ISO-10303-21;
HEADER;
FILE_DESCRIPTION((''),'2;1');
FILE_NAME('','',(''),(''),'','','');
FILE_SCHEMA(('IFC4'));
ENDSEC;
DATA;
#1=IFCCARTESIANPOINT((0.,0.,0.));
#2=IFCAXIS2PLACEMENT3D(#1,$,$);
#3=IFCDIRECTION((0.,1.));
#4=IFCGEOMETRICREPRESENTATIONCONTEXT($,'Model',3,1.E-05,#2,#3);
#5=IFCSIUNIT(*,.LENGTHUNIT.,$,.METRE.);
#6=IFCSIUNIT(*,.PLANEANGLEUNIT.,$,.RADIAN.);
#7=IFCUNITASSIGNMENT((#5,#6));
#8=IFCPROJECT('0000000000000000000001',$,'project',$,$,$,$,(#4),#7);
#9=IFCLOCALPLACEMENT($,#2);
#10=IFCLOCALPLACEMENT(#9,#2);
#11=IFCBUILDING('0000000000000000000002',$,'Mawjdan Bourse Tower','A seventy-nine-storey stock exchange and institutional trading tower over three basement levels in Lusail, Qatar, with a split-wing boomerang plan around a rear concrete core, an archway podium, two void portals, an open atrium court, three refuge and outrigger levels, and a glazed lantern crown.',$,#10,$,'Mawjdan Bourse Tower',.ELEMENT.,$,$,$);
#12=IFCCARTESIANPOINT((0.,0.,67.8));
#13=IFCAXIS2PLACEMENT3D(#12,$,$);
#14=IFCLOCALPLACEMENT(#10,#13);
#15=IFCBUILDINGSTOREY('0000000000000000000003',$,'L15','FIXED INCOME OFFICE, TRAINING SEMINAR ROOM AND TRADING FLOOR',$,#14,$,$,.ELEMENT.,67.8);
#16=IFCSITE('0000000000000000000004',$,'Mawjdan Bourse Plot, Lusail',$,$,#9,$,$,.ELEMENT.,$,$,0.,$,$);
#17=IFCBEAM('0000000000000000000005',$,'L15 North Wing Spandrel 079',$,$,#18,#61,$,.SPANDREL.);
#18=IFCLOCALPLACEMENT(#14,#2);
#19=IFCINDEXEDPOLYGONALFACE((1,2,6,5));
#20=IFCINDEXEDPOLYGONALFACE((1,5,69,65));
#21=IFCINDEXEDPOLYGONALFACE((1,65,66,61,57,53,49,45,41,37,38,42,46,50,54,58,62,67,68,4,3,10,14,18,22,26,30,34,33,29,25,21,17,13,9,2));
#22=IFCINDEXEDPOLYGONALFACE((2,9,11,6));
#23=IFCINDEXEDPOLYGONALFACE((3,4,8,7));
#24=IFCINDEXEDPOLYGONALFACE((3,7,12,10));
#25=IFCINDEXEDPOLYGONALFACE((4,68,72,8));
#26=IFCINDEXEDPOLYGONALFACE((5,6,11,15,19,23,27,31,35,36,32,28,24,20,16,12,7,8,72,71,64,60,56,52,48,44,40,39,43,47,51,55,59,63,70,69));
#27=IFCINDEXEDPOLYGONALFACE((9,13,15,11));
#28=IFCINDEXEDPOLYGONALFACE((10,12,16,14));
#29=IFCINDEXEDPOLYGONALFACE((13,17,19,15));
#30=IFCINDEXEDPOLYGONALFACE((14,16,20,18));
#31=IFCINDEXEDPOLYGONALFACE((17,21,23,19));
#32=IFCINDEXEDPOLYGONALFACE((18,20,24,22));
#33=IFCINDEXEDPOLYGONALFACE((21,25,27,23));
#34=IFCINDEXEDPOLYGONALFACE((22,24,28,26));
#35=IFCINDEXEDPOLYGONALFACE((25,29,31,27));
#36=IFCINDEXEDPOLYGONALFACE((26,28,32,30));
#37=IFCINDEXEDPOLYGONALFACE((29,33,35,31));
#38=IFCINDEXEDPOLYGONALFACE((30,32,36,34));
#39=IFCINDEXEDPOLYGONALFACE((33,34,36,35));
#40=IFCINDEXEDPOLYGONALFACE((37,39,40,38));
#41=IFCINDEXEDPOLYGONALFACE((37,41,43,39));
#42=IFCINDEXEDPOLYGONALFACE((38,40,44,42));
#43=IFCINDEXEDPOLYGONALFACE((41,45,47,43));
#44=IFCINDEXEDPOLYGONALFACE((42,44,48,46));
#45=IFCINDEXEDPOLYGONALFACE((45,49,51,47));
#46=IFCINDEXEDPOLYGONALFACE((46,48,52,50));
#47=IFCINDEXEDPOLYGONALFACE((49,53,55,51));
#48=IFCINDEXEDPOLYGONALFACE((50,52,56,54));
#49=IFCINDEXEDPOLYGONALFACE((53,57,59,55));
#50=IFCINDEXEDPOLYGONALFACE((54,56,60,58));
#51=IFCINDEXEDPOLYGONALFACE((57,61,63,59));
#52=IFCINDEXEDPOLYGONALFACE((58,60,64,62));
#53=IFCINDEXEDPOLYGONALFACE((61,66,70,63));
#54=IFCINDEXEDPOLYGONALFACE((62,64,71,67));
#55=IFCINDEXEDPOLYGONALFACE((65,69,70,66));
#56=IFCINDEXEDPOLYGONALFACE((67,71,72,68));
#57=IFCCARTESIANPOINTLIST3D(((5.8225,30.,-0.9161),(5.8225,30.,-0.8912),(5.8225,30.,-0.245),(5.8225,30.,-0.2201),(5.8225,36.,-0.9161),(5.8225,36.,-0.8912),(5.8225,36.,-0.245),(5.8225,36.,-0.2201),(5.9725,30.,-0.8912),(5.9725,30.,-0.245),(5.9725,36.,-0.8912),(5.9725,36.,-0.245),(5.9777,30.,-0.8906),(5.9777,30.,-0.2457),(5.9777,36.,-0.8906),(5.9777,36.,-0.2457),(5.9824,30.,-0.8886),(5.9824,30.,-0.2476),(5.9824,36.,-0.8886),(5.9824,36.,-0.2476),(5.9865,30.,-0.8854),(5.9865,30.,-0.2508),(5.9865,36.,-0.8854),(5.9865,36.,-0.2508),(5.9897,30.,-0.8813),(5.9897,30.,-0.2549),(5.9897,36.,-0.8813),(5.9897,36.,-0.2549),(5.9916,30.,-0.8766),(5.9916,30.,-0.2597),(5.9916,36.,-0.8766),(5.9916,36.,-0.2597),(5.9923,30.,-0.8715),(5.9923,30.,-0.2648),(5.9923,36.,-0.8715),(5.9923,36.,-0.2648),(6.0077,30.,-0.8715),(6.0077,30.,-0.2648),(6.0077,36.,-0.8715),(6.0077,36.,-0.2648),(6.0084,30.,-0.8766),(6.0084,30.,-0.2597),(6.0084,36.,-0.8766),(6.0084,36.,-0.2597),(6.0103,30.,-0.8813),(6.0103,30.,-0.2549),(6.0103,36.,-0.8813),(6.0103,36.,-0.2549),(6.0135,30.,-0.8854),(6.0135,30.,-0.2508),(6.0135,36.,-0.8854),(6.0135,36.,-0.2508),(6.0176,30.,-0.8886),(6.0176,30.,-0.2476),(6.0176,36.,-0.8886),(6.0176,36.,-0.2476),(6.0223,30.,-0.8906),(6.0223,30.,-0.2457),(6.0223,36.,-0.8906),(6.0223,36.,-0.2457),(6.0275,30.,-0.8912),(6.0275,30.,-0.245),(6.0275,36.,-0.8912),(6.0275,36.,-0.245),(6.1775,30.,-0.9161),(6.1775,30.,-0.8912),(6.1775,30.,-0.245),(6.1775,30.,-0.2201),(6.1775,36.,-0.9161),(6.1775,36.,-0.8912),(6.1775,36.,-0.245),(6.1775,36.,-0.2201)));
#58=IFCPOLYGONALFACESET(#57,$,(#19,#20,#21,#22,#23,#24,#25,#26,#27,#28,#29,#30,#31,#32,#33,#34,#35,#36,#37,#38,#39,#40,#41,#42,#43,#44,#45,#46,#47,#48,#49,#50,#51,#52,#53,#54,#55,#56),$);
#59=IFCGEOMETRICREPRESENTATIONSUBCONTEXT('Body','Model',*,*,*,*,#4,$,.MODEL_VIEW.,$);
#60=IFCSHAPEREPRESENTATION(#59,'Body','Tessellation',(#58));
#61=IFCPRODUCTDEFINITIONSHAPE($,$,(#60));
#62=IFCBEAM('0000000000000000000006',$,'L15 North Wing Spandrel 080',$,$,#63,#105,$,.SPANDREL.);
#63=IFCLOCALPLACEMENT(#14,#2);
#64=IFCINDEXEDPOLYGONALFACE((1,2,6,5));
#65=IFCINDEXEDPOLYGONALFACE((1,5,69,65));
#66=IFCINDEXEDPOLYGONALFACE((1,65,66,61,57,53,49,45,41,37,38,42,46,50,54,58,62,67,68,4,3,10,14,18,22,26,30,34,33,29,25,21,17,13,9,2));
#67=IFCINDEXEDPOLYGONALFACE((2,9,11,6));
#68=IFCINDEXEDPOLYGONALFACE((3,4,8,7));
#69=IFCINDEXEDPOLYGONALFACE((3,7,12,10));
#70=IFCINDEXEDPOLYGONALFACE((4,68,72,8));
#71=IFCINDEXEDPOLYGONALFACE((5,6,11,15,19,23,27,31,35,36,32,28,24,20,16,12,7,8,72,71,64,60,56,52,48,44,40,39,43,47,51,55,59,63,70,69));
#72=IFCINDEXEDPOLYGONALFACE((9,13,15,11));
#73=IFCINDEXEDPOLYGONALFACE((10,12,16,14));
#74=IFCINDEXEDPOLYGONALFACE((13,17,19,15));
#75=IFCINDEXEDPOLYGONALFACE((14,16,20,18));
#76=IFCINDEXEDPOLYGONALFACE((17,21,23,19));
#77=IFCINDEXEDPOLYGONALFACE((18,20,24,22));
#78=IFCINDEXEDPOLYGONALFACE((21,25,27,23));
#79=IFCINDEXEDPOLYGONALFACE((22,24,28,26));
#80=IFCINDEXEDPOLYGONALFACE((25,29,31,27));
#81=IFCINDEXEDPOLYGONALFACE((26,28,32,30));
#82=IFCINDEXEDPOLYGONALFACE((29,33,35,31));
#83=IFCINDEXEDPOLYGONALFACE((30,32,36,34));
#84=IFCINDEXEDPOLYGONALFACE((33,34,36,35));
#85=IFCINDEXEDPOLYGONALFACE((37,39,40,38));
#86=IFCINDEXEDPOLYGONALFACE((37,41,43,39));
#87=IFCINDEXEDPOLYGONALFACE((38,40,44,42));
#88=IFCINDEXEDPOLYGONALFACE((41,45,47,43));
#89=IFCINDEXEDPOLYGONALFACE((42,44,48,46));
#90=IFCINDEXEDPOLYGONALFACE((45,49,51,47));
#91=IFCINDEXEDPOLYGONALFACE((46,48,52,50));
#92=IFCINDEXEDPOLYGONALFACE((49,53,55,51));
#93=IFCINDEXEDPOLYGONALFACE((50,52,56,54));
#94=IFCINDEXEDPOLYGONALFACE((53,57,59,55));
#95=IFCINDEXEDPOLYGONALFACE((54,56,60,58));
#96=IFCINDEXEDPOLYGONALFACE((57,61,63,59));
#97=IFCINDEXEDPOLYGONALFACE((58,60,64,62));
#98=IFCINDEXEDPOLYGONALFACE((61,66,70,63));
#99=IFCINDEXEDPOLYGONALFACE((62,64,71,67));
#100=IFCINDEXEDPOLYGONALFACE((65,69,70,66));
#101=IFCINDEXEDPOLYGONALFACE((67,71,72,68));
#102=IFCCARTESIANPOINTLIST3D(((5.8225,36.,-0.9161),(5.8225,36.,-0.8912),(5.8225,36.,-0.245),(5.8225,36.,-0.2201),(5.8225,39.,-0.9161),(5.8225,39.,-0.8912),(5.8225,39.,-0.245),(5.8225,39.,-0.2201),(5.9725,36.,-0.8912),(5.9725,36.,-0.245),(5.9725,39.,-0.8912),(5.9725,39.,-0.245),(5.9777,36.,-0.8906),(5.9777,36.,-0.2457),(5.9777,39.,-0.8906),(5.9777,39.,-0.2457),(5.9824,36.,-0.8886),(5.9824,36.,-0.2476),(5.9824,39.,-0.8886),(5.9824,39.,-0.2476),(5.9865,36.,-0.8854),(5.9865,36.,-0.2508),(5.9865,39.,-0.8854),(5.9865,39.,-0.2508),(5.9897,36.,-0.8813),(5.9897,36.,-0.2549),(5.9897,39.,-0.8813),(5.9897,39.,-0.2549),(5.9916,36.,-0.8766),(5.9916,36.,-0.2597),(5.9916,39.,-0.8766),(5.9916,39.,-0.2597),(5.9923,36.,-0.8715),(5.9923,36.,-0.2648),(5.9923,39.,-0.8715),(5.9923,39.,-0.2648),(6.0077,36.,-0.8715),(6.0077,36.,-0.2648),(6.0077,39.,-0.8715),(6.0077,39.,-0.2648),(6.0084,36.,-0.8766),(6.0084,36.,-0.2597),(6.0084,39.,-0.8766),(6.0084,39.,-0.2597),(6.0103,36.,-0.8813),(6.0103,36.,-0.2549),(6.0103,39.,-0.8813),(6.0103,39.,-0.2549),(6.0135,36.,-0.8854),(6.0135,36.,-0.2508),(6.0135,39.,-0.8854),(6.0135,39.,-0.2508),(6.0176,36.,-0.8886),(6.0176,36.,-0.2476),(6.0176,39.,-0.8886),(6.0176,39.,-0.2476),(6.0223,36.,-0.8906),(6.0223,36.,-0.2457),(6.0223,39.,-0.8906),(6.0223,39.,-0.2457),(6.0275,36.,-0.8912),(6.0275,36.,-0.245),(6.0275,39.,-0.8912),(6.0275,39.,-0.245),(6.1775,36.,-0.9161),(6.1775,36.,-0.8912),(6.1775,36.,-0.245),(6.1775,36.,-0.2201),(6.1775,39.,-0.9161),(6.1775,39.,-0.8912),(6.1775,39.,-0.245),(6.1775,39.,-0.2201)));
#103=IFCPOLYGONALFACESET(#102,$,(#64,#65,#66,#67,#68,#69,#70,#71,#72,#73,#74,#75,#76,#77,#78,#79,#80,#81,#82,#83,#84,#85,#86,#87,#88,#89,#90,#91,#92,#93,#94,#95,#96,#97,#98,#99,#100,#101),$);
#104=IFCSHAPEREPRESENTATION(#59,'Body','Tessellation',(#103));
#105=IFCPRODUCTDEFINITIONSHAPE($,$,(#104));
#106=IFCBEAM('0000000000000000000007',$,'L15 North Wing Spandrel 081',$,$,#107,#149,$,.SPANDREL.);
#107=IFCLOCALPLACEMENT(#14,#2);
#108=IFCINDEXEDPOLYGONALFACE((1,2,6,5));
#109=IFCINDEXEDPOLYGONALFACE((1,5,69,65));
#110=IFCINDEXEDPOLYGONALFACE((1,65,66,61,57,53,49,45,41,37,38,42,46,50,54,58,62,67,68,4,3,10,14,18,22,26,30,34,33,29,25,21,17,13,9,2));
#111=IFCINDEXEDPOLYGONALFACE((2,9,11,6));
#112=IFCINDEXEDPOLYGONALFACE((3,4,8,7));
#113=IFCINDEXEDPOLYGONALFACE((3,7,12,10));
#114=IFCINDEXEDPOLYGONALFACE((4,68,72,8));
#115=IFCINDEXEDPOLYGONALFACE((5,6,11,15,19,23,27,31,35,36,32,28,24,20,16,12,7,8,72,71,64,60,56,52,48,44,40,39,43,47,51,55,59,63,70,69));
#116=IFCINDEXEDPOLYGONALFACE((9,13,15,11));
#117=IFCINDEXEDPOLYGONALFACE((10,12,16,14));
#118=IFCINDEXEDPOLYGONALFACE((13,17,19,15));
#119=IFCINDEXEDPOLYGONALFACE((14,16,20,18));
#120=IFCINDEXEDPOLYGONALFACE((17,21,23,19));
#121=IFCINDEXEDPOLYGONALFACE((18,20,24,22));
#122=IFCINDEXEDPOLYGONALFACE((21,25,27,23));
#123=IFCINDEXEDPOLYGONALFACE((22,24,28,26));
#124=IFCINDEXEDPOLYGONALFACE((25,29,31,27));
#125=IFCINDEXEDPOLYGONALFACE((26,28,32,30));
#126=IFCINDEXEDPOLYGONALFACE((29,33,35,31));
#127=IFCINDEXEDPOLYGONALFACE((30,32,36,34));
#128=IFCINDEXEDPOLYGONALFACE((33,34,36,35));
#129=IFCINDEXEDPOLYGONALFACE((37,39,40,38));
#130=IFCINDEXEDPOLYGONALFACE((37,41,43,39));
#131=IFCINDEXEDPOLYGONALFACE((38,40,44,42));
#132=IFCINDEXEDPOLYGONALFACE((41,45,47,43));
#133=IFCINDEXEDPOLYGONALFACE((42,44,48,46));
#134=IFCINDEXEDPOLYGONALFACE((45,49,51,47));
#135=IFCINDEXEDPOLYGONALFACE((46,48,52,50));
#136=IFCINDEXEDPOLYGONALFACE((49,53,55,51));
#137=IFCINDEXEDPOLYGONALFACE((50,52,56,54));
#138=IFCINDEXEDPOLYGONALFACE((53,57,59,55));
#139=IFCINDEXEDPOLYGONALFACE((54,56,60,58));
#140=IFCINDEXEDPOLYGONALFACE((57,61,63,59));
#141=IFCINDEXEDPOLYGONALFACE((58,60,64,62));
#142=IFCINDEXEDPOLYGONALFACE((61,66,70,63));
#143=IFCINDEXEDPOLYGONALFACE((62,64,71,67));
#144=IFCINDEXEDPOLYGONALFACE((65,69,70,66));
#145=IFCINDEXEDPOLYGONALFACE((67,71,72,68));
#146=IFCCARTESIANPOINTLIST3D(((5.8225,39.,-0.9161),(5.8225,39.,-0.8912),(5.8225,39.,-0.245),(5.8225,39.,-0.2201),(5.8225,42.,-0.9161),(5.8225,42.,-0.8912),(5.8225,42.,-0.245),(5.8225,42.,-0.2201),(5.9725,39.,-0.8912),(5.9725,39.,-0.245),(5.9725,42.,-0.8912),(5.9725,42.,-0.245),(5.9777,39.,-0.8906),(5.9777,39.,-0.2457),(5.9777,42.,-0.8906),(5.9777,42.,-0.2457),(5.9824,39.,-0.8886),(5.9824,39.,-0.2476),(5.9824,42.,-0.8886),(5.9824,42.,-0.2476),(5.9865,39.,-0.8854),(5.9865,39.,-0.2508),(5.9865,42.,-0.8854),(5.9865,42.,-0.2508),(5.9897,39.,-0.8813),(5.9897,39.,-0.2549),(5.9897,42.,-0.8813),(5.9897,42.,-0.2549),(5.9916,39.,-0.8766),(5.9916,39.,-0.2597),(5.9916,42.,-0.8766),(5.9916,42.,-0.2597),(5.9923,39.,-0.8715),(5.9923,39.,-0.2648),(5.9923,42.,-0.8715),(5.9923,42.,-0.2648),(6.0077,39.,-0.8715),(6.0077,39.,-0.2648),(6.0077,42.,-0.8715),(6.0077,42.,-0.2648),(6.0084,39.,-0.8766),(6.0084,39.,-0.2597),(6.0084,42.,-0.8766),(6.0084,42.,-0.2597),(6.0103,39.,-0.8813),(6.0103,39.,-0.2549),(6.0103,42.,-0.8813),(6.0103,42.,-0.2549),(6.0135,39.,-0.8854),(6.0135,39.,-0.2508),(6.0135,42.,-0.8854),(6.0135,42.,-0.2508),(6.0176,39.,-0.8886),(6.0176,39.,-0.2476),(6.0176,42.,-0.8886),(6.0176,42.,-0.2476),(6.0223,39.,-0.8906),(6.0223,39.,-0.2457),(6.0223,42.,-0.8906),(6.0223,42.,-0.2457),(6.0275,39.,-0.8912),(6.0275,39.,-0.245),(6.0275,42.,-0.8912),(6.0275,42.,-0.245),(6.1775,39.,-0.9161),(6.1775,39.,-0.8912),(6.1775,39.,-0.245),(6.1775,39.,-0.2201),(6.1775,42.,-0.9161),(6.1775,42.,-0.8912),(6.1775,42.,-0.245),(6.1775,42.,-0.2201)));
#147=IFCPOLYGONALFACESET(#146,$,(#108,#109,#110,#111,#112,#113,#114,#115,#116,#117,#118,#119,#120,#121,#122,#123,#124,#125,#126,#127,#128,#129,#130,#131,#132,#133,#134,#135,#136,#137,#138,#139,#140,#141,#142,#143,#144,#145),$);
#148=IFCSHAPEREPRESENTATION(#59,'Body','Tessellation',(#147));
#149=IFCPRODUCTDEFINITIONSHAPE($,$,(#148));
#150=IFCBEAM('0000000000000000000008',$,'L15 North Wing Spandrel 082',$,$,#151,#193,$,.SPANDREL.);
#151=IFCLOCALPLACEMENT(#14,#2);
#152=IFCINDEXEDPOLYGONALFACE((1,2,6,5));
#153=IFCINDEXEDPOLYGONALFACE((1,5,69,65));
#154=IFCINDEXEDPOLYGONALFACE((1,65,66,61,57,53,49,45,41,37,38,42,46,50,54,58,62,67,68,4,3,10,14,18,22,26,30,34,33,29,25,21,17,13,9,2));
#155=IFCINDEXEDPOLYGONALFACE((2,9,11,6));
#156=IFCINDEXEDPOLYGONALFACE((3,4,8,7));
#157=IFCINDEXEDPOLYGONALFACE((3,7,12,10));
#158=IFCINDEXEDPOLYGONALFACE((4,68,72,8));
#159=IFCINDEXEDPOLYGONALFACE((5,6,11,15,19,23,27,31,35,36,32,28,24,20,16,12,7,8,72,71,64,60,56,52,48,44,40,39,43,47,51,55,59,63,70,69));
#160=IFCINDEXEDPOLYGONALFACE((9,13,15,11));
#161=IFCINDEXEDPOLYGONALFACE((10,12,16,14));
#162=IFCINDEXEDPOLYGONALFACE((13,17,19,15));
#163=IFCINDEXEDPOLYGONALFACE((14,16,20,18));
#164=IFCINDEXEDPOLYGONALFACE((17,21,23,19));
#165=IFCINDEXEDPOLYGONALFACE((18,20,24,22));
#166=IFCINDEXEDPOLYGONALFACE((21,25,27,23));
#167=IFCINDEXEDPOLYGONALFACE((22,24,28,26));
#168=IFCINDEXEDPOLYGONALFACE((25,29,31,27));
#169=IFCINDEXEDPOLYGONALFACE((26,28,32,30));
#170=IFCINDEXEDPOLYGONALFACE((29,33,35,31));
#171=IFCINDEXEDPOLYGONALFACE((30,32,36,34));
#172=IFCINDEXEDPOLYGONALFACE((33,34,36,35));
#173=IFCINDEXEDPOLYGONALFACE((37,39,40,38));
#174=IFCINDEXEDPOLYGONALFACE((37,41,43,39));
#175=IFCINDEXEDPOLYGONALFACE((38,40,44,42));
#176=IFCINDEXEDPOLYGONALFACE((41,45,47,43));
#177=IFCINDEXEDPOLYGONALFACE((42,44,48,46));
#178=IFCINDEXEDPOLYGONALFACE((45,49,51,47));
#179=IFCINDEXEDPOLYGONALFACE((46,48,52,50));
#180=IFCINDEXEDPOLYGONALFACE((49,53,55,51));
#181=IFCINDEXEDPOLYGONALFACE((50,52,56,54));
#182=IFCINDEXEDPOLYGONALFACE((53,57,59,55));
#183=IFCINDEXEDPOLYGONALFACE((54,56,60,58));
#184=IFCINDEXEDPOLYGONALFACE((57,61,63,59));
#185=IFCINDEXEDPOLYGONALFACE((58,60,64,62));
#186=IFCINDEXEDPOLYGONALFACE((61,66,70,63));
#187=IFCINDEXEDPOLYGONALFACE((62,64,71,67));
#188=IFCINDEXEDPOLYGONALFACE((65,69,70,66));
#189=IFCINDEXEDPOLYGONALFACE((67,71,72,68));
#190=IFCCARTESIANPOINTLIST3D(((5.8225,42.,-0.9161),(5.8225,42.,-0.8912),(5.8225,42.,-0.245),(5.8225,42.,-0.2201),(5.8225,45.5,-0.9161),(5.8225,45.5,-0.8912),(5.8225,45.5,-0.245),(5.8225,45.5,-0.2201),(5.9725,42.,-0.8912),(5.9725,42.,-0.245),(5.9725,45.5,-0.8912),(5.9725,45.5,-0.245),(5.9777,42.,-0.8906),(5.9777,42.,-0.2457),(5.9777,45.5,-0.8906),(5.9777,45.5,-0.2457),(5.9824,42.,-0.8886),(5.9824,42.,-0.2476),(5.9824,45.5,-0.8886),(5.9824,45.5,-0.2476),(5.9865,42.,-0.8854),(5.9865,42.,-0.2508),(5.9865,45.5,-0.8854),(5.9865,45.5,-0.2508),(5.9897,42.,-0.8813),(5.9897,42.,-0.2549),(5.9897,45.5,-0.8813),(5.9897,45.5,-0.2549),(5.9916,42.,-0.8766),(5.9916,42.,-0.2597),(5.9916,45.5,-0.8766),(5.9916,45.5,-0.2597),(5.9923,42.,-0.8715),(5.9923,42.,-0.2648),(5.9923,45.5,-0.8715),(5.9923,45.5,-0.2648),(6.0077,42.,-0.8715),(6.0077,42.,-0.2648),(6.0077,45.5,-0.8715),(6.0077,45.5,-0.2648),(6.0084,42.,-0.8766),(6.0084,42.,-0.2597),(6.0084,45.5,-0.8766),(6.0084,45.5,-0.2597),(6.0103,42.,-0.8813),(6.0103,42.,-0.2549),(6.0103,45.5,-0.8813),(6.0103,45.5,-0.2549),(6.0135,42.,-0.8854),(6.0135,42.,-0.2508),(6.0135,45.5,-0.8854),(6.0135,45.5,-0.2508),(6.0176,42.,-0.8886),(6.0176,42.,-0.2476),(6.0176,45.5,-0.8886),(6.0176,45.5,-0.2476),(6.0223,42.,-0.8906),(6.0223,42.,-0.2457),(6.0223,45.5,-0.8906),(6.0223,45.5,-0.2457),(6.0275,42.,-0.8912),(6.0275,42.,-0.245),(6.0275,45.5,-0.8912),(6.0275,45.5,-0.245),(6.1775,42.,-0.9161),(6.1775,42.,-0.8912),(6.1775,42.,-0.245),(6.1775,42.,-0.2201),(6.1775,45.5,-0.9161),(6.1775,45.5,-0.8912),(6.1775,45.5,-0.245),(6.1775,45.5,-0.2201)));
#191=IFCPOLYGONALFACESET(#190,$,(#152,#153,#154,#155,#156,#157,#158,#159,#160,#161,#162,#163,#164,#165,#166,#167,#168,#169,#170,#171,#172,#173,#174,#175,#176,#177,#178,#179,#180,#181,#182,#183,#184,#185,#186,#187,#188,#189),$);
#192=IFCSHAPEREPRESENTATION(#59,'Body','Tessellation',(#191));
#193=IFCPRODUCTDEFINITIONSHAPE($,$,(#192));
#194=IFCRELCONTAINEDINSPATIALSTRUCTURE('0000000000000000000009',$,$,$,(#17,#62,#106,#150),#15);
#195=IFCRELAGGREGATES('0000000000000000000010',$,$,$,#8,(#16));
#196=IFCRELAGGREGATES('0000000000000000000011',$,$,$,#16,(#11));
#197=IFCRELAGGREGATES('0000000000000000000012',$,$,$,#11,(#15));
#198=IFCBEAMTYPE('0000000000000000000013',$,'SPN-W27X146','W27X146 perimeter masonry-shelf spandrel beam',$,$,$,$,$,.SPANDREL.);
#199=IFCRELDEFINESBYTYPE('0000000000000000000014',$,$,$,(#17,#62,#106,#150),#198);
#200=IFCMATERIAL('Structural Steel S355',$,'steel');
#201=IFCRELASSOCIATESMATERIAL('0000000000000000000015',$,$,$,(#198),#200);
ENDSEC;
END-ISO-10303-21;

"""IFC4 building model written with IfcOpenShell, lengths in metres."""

from ifc_helpers import new_model, si_unit, direction, frame, origin, origin_2d, place, context, subcontext, project, spatial, i_section, extrude, material, material_profile, profile_set, type_object, element, save


model = new_model("IFC4")

# Units and contexts
model_context = context("Model", 3, precision=1e-05, world=origin(), true_north=direction((0.0, 1.0)))
body_context = subcontext(model_context, "Body", "Model", "MODEL_VIEW")
ifc_project = project(units=[si_unit("LENGTHUNIT", "METRE"), si_unit("PLANEANGLEUNIT", "RADIAN")], contexts=[model_context])

# Site, building, storey
site_placement = place(None, origin())
site = spatial("IfcSite", under=ifc_project, at=site_placement, Name="Mawjdan Bourse Plot, Lusail", CompositionType="ELEMENT", RefElevation=0.0)
building_placement = place(site_placement, origin())
building = spatial("IfcBuilding", under=site, at=building_placement, Name="Mawjdan Bourse Tower", Description="A seventy-nine-storey stock exchange and institutional trading tower over three basement levels in Lusail, Qatar, with a split-wing boomerang plan around a rear concrete core, an archway podium, two void portals, an open atrium court, three refuge and outrigger levels, and a glazed lantern crown.", LongName="Mawjdan Bourse Tower", CompositionType="ELEMENT")
storey_placement = place(building_placement, frame((0.0, 0.0, 67.8)))
storey = spatial("IfcBuildingStorey", under=building, at=storey_placement, Name="L15", Description="FIXED INCOME OFFICE, TRAINING SEMINAR ROOM AND TRADING FLOOR", CompositionType="ELEMENT", Elevation=67.8)

# Beams
ifc_material_1 = material(Name="Structural Steel S355", Category="steel")
ifc_material_profile_1 = material_profile(ifc_material_1, i_section(OverallWidth=0.355, OverallDepth=0.696, WebThickness=0.0154, FlangeThickness=0.0249, FilletRadius=0.0198, at=origin_2d()), Name="W27X146")
ifc_profile_set_1 = profile_set([ifc_material_profile_1], Name="Structural Steel S355")
beam_type_1 = type_object("IfcBeamType", Name="SPN-W27X146", Description="W27X146 perimeter masonry-shelf spandrel beam", PredefinedType="SPANDREL", material=ifc_profile_set_1)
beam_1_placement = place(storey_placement, frame((6.0, 30.0, -0.5681), z_axis=(0.0, 1.0, 0.0), x_axis=(-1.0, 0.0, 0.0)))
element("IfcBeam", 1, at=beam_1_placement, inside=storey, type_object=beam_type_1, Name="L15 North Wing Spandrel 079", PredefinedType="SPANDREL", context=body_context, shape_type="SweptSolid", body=[
    extrude(i_section(OverallWidth=0.355, OverallDepth=0.696, WebThickness=0.0154, FlangeThickness=0.0249, FilletRadius=0.0198, at=origin_2d()), origin(), (0.0, 0.0, 1.0), 6.0),
])
for number, where, z_axis, x_axis, name in (
    (2, (6.0, 36.0, -0.5681), (0.0, 1.0, 0.0), (-1.0, 0.0, 0.0), "L15 North Wing Spandrel 080"),
    (3, (6.0, 39.0, -0.5681), (0.0, 1.0, 0.0), (-1.0, 0.0, 0.0), "L15 North Wing Spandrel 081"),
):
    element("IfcBeam", number, at=place(storey_placement, frame(where, z_axis=z_axis, x_axis=x_axis)), inside=storey, type_object=beam_type_1, Name=name, PredefinedType="SPANDREL", context=body_context, shape_type="SweptSolid", body=[
        extrude(i_section(OverallWidth=0.355, OverallDepth=0.696, WebThickness=0.0154, FlangeThickness=0.0249, FilletRadius=0.0198, at=origin_2d()), origin(), (0.0, 0.0, 1.0), 3.0),
    ])
beam_2_placement = place(storey_placement, frame((6.0, 42.0, -0.5681), z_axis=(0.0, 1.0, 0.0), x_axis=(-1.0, 0.0, 0.0)))
element("IfcBeam", 4, at=beam_2_placement, inside=storey, type_object=beam_type_1, Name="L15 North Wing Spandrel 082", PredefinedType="SPANDREL", context=body_context, shape_type="SweptSolid", body=[
    extrude(i_section(OverallWidth=0.355, OverallDepth=0.696, WebThickness=0.0154, FlangeThickness=0.0249, FilletRadius=0.0198, at=origin_2d()), origin(), (0.0, 0.0, 1.0), 3.5),
])

save(model, "model.ifc")
